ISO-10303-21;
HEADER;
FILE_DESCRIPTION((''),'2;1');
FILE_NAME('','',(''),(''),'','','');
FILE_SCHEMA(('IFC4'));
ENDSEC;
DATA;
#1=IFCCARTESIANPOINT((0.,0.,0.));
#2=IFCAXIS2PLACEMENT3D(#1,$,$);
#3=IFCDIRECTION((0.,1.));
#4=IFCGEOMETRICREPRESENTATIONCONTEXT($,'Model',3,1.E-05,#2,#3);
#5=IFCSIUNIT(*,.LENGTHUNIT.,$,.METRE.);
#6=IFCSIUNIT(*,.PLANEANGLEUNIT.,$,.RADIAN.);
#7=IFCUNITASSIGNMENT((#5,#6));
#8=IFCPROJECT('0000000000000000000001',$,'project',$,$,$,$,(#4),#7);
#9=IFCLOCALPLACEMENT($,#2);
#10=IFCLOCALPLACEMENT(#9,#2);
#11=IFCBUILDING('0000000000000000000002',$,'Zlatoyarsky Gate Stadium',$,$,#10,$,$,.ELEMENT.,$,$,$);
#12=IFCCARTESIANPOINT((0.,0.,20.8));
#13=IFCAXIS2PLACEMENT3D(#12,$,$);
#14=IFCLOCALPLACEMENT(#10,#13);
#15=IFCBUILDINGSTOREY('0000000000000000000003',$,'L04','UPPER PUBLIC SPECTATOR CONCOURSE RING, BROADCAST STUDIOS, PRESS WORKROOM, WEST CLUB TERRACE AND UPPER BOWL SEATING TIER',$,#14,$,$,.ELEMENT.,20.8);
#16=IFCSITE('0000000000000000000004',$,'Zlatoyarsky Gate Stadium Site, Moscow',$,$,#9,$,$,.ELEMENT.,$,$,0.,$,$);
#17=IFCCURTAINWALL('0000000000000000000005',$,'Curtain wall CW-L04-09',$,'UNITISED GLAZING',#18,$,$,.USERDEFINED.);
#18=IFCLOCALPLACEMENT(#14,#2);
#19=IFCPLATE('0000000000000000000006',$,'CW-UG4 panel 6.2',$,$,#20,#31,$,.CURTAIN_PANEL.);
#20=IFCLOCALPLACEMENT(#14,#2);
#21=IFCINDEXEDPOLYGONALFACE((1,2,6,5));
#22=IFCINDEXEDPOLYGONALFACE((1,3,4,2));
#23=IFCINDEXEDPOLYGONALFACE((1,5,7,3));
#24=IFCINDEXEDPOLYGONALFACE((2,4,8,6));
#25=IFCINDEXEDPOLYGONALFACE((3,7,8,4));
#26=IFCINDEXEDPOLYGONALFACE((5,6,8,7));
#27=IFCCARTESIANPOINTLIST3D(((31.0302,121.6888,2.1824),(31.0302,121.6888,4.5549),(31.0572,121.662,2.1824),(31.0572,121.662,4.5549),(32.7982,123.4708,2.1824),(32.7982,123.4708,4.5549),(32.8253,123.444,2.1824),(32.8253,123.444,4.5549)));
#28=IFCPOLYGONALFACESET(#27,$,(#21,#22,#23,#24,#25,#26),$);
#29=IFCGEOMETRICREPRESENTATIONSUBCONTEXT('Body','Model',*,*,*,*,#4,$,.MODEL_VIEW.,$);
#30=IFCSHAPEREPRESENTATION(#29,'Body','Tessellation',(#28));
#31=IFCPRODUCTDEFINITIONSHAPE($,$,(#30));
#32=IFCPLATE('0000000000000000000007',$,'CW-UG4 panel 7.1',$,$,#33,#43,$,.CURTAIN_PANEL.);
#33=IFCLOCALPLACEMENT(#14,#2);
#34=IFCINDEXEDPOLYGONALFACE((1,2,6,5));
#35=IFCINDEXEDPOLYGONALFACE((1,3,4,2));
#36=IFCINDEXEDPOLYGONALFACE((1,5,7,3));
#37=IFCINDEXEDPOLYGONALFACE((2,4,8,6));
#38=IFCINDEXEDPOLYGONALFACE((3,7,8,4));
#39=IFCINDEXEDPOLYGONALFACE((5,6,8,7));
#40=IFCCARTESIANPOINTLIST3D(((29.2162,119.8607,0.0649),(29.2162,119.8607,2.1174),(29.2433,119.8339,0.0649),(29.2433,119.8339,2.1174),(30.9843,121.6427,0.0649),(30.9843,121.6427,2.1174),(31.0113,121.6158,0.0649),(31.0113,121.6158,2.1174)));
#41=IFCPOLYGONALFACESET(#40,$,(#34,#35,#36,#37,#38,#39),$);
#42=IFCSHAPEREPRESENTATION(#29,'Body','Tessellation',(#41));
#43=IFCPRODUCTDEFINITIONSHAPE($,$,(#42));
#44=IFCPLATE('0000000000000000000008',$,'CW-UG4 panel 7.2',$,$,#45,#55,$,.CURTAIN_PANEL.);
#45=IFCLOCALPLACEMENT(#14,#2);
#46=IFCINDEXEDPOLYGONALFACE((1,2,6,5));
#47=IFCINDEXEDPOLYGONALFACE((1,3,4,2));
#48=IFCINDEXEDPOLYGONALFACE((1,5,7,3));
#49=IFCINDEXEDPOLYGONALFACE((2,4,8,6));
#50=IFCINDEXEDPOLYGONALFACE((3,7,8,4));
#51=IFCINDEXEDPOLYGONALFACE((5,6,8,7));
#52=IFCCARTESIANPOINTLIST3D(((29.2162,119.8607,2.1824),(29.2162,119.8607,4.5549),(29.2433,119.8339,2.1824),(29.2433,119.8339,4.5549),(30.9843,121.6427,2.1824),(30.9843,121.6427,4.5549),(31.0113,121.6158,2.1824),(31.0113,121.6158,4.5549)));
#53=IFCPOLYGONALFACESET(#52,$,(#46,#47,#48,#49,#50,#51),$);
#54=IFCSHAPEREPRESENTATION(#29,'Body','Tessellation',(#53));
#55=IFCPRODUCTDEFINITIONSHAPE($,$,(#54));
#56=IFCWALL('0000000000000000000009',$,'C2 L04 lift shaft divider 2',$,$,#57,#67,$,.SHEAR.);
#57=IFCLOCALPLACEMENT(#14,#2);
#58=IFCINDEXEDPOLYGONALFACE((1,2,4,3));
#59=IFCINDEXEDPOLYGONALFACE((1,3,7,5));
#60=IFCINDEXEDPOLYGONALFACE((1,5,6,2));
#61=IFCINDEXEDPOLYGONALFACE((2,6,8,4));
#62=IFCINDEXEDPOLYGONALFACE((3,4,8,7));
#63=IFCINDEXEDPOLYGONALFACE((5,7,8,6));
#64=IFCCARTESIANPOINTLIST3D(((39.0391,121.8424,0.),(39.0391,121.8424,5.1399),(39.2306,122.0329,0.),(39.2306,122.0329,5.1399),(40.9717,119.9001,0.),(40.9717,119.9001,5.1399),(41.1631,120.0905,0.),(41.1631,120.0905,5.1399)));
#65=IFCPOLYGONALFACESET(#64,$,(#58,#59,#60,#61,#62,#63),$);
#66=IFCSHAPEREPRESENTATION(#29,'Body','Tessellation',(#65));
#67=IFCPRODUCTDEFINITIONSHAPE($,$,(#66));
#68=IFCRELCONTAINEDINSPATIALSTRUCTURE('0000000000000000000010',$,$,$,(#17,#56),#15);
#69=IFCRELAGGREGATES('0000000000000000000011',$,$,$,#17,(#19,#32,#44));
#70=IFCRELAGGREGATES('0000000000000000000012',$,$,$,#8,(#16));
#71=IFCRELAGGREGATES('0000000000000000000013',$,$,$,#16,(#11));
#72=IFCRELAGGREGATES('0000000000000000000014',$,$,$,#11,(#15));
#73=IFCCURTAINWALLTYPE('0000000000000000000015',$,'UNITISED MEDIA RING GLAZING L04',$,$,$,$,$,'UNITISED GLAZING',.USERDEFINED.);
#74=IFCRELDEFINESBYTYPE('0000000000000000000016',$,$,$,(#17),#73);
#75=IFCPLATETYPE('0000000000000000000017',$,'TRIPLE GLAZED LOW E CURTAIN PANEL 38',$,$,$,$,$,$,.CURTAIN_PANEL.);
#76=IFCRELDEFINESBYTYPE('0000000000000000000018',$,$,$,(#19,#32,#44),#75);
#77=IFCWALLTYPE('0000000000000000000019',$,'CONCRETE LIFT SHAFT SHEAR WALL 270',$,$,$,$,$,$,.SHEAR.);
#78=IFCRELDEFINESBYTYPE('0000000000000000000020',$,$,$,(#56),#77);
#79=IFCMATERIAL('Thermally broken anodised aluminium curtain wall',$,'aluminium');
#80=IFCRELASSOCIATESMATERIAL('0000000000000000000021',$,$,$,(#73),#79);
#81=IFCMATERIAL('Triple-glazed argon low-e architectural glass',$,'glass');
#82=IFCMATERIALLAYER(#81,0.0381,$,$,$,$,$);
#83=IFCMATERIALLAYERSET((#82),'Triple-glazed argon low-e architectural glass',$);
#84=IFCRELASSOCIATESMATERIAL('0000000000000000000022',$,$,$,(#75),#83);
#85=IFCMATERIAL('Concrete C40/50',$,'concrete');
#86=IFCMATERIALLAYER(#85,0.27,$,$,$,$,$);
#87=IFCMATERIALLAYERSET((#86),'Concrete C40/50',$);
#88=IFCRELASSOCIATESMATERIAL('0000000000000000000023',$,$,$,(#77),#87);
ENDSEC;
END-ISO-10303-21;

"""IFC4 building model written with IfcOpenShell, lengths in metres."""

from ifc_helpers import new_model, si_unit, direction, frame, frame_2d, origin, origin_2d, place, context, subcontext, project, spatial, rectangle, extrude, material, layer, layer_set, type_object, element, aggregate, save


model = new_model("IFC4")

# Units and contexts
model_context = context("Model", 3, precision=1e-05, world=origin(), true_north=direction((0.0, 1.0)))
body_context = subcontext(model_context, "Body", "Model", "MODEL_VIEW")
ifc_project = project(units=[si_unit("LENGTHUNIT", "METRE"), si_unit("PLANEANGLEUNIT", "RADIAN")], contexts=[model_context])

# Site, building, storey
site_placement = place(None, origin())
site = spatial("IfcSite", under=ifc_project, at=site_placement, Name="Zlatoyarsky Gate Stadium Site, Moscow", CompositionType="ELEMENT", RefElevation=0.0)
building_placement = place(site_placement, origin())
building = spatial("IfcBuilding", under=site, at=building_placement, Name="Zlatoyarsky Gate Stadium", CompositionType="ELEMENT")
storey_placement = place(building_placement, frame((0.0, 0.0, 20.8)))
storey = spatial("IfcBuildingStorey", under=building, at=storey_placement, Name="L04", Description="UPPER PUBLIC SPECTATOR CONCOURSE RING, BROADCAST STUDIOS, PRESS WORKROOM, WEST CLUB TERRACE AND UPPER BOWL SEATING TIER", CompositionType="ELEMENT", Elevation=20.8)

# Curtain wall
ifc_material_1 = material(Name="Thermally broken anodised aluminium curtain wall", Category="aluminium")
curtain_wall_type = type_object("IfcCurtainWallType", Name="UNITISED MEDIA RING GLAZING L04", ElementType="UNITISED GLAZING", PredefinedType="USERDEFINED", material=ifc_material_1)
curtain_wall_placement = place(storey_placement, origin())
curtain_wall = element("IfcCurtainWall", 1, at=curtain_wall_placement, inside=storey, type_object=curtain_wall_type, Name="Curtain wall CW-L04-09", ObjectType="UNITISED GLAZING", PredefinedType="USERDEFINED")

# Plates
ifc_material_2 = material(Name="Triple-glazed argon low-e architectural glass", Category="glass")
ifc_layer_1 = layer(ifc_material_2, 0.0381)
ifc_layer_set_1 = layer_set([ifc_layer_1], Name="Triple-glazed argon low-e architectural glass")
plate_type_1 = type_object("IfcPlateType", Name="TRIPLE GLAZED LOW E CURTAIN PANEL 38", PredefinedType="CURTAIN_PANEL", material=ifc_layer_set_1)
plate_1_placement = place(storey_placement, frame((31.9277, 122.5664, 2.1824), z_axis=(0.0, 0.0, 1.0), x_axis=(-0.704332, -0.709871, 0.0)))
plate_1 = element("IfcPlate", 2, at=plate_1_placement, type_object=plate_type_1, Name="CW-UG4 panel 6.2", PredefinedType="CURTAIN_PANEL", context=body_context, shape_type="SweptSolid", body=[
    extrude(rectangle(XDim=2.5103, YDim=0.0381, at=origin_2d()), origin(), (0.0, 0.0, 1.0), 2.3726),
])
plate_2_placement = place(storey_placement, frame((30.1138, 120.7383, 0.0649), z_axis=(0.0, 0.0, 1.0), x_axis=(-0.704332, -0.709871, 0.0)))
plate_2 = element("IfcPlate", 3, at=plate_2_placement, type_object=plate_type_1, Name="CW-UG4 panel 7.1", PredefinedType="CURTAIN_PANEL", context=body_context, shape_type="SweptSolid", body=[
    extrude(rectangle(XDim=2.5103, YDim=0.0381, at=origin_2d()), origin(), (0.0, 0.0, 1.0), 2.0525),
])
plate_3_placement = place(storey_placement, frame((30.1138, 120.7383, 2.1824), z_axis=(0.0, 0.0, 1.0), x_axis=(-0.704332, -0.709871, 0.0)))
plate_3 = element("IfcPlate", 4, at=plate_3_placement, type_object=plate_type_1, Name="CW-UG4 panel 7.2", PredefinedType="CURTAIN_PANEL", context=body_context, shape_type="SweptSolid", body=[
    extrude(rectangle(XDim=2.5103, YDim=0.0381, at=origin_2d()), origin(), (0.0, 0.0, 1.0), 2.3726),
])
aggregate(curtain_wall, [plate_1, plate_2, plate_3])

# Wall
ifc_material_3 = material(Name="Concrete C40/50", Category="concrete")
ifc_layer_2 = layer(ifc_material_3, 0.27)
ifc_layer_set_2 = layer_set([ifc_layer_2], Name="Concrete C40/50")
wall_type = type_object("IfcWallType", Name="CONCRETE LIFT SHAFT SHEAR WALL 270", PredefinedType="SHEAR", material=ifc_layer_set_2)
wall_placement = place(storey_placement, frame((39.1348, 121.9377, 0.0), z_axis=(0.0, 0.0, 1.0), x_axis=(0.705323, -0.708887, 0.0)))
element("IfcWall", 5, at=wall_placement, inside=storey, type_object=wall_type, Name="C2 L04 lift shaft divider 2", PredefinedType="SHEAR", context=body_context, shape_type="SweptSolid", body=[
    extrude(rectangle(XDim=2.74, YDim=0.27, at=frame_2d((1.3701, 0.0))), origin(), (0.0, 0.0, 1.0), 5.1399),
])

save(model, "model.ifc")
